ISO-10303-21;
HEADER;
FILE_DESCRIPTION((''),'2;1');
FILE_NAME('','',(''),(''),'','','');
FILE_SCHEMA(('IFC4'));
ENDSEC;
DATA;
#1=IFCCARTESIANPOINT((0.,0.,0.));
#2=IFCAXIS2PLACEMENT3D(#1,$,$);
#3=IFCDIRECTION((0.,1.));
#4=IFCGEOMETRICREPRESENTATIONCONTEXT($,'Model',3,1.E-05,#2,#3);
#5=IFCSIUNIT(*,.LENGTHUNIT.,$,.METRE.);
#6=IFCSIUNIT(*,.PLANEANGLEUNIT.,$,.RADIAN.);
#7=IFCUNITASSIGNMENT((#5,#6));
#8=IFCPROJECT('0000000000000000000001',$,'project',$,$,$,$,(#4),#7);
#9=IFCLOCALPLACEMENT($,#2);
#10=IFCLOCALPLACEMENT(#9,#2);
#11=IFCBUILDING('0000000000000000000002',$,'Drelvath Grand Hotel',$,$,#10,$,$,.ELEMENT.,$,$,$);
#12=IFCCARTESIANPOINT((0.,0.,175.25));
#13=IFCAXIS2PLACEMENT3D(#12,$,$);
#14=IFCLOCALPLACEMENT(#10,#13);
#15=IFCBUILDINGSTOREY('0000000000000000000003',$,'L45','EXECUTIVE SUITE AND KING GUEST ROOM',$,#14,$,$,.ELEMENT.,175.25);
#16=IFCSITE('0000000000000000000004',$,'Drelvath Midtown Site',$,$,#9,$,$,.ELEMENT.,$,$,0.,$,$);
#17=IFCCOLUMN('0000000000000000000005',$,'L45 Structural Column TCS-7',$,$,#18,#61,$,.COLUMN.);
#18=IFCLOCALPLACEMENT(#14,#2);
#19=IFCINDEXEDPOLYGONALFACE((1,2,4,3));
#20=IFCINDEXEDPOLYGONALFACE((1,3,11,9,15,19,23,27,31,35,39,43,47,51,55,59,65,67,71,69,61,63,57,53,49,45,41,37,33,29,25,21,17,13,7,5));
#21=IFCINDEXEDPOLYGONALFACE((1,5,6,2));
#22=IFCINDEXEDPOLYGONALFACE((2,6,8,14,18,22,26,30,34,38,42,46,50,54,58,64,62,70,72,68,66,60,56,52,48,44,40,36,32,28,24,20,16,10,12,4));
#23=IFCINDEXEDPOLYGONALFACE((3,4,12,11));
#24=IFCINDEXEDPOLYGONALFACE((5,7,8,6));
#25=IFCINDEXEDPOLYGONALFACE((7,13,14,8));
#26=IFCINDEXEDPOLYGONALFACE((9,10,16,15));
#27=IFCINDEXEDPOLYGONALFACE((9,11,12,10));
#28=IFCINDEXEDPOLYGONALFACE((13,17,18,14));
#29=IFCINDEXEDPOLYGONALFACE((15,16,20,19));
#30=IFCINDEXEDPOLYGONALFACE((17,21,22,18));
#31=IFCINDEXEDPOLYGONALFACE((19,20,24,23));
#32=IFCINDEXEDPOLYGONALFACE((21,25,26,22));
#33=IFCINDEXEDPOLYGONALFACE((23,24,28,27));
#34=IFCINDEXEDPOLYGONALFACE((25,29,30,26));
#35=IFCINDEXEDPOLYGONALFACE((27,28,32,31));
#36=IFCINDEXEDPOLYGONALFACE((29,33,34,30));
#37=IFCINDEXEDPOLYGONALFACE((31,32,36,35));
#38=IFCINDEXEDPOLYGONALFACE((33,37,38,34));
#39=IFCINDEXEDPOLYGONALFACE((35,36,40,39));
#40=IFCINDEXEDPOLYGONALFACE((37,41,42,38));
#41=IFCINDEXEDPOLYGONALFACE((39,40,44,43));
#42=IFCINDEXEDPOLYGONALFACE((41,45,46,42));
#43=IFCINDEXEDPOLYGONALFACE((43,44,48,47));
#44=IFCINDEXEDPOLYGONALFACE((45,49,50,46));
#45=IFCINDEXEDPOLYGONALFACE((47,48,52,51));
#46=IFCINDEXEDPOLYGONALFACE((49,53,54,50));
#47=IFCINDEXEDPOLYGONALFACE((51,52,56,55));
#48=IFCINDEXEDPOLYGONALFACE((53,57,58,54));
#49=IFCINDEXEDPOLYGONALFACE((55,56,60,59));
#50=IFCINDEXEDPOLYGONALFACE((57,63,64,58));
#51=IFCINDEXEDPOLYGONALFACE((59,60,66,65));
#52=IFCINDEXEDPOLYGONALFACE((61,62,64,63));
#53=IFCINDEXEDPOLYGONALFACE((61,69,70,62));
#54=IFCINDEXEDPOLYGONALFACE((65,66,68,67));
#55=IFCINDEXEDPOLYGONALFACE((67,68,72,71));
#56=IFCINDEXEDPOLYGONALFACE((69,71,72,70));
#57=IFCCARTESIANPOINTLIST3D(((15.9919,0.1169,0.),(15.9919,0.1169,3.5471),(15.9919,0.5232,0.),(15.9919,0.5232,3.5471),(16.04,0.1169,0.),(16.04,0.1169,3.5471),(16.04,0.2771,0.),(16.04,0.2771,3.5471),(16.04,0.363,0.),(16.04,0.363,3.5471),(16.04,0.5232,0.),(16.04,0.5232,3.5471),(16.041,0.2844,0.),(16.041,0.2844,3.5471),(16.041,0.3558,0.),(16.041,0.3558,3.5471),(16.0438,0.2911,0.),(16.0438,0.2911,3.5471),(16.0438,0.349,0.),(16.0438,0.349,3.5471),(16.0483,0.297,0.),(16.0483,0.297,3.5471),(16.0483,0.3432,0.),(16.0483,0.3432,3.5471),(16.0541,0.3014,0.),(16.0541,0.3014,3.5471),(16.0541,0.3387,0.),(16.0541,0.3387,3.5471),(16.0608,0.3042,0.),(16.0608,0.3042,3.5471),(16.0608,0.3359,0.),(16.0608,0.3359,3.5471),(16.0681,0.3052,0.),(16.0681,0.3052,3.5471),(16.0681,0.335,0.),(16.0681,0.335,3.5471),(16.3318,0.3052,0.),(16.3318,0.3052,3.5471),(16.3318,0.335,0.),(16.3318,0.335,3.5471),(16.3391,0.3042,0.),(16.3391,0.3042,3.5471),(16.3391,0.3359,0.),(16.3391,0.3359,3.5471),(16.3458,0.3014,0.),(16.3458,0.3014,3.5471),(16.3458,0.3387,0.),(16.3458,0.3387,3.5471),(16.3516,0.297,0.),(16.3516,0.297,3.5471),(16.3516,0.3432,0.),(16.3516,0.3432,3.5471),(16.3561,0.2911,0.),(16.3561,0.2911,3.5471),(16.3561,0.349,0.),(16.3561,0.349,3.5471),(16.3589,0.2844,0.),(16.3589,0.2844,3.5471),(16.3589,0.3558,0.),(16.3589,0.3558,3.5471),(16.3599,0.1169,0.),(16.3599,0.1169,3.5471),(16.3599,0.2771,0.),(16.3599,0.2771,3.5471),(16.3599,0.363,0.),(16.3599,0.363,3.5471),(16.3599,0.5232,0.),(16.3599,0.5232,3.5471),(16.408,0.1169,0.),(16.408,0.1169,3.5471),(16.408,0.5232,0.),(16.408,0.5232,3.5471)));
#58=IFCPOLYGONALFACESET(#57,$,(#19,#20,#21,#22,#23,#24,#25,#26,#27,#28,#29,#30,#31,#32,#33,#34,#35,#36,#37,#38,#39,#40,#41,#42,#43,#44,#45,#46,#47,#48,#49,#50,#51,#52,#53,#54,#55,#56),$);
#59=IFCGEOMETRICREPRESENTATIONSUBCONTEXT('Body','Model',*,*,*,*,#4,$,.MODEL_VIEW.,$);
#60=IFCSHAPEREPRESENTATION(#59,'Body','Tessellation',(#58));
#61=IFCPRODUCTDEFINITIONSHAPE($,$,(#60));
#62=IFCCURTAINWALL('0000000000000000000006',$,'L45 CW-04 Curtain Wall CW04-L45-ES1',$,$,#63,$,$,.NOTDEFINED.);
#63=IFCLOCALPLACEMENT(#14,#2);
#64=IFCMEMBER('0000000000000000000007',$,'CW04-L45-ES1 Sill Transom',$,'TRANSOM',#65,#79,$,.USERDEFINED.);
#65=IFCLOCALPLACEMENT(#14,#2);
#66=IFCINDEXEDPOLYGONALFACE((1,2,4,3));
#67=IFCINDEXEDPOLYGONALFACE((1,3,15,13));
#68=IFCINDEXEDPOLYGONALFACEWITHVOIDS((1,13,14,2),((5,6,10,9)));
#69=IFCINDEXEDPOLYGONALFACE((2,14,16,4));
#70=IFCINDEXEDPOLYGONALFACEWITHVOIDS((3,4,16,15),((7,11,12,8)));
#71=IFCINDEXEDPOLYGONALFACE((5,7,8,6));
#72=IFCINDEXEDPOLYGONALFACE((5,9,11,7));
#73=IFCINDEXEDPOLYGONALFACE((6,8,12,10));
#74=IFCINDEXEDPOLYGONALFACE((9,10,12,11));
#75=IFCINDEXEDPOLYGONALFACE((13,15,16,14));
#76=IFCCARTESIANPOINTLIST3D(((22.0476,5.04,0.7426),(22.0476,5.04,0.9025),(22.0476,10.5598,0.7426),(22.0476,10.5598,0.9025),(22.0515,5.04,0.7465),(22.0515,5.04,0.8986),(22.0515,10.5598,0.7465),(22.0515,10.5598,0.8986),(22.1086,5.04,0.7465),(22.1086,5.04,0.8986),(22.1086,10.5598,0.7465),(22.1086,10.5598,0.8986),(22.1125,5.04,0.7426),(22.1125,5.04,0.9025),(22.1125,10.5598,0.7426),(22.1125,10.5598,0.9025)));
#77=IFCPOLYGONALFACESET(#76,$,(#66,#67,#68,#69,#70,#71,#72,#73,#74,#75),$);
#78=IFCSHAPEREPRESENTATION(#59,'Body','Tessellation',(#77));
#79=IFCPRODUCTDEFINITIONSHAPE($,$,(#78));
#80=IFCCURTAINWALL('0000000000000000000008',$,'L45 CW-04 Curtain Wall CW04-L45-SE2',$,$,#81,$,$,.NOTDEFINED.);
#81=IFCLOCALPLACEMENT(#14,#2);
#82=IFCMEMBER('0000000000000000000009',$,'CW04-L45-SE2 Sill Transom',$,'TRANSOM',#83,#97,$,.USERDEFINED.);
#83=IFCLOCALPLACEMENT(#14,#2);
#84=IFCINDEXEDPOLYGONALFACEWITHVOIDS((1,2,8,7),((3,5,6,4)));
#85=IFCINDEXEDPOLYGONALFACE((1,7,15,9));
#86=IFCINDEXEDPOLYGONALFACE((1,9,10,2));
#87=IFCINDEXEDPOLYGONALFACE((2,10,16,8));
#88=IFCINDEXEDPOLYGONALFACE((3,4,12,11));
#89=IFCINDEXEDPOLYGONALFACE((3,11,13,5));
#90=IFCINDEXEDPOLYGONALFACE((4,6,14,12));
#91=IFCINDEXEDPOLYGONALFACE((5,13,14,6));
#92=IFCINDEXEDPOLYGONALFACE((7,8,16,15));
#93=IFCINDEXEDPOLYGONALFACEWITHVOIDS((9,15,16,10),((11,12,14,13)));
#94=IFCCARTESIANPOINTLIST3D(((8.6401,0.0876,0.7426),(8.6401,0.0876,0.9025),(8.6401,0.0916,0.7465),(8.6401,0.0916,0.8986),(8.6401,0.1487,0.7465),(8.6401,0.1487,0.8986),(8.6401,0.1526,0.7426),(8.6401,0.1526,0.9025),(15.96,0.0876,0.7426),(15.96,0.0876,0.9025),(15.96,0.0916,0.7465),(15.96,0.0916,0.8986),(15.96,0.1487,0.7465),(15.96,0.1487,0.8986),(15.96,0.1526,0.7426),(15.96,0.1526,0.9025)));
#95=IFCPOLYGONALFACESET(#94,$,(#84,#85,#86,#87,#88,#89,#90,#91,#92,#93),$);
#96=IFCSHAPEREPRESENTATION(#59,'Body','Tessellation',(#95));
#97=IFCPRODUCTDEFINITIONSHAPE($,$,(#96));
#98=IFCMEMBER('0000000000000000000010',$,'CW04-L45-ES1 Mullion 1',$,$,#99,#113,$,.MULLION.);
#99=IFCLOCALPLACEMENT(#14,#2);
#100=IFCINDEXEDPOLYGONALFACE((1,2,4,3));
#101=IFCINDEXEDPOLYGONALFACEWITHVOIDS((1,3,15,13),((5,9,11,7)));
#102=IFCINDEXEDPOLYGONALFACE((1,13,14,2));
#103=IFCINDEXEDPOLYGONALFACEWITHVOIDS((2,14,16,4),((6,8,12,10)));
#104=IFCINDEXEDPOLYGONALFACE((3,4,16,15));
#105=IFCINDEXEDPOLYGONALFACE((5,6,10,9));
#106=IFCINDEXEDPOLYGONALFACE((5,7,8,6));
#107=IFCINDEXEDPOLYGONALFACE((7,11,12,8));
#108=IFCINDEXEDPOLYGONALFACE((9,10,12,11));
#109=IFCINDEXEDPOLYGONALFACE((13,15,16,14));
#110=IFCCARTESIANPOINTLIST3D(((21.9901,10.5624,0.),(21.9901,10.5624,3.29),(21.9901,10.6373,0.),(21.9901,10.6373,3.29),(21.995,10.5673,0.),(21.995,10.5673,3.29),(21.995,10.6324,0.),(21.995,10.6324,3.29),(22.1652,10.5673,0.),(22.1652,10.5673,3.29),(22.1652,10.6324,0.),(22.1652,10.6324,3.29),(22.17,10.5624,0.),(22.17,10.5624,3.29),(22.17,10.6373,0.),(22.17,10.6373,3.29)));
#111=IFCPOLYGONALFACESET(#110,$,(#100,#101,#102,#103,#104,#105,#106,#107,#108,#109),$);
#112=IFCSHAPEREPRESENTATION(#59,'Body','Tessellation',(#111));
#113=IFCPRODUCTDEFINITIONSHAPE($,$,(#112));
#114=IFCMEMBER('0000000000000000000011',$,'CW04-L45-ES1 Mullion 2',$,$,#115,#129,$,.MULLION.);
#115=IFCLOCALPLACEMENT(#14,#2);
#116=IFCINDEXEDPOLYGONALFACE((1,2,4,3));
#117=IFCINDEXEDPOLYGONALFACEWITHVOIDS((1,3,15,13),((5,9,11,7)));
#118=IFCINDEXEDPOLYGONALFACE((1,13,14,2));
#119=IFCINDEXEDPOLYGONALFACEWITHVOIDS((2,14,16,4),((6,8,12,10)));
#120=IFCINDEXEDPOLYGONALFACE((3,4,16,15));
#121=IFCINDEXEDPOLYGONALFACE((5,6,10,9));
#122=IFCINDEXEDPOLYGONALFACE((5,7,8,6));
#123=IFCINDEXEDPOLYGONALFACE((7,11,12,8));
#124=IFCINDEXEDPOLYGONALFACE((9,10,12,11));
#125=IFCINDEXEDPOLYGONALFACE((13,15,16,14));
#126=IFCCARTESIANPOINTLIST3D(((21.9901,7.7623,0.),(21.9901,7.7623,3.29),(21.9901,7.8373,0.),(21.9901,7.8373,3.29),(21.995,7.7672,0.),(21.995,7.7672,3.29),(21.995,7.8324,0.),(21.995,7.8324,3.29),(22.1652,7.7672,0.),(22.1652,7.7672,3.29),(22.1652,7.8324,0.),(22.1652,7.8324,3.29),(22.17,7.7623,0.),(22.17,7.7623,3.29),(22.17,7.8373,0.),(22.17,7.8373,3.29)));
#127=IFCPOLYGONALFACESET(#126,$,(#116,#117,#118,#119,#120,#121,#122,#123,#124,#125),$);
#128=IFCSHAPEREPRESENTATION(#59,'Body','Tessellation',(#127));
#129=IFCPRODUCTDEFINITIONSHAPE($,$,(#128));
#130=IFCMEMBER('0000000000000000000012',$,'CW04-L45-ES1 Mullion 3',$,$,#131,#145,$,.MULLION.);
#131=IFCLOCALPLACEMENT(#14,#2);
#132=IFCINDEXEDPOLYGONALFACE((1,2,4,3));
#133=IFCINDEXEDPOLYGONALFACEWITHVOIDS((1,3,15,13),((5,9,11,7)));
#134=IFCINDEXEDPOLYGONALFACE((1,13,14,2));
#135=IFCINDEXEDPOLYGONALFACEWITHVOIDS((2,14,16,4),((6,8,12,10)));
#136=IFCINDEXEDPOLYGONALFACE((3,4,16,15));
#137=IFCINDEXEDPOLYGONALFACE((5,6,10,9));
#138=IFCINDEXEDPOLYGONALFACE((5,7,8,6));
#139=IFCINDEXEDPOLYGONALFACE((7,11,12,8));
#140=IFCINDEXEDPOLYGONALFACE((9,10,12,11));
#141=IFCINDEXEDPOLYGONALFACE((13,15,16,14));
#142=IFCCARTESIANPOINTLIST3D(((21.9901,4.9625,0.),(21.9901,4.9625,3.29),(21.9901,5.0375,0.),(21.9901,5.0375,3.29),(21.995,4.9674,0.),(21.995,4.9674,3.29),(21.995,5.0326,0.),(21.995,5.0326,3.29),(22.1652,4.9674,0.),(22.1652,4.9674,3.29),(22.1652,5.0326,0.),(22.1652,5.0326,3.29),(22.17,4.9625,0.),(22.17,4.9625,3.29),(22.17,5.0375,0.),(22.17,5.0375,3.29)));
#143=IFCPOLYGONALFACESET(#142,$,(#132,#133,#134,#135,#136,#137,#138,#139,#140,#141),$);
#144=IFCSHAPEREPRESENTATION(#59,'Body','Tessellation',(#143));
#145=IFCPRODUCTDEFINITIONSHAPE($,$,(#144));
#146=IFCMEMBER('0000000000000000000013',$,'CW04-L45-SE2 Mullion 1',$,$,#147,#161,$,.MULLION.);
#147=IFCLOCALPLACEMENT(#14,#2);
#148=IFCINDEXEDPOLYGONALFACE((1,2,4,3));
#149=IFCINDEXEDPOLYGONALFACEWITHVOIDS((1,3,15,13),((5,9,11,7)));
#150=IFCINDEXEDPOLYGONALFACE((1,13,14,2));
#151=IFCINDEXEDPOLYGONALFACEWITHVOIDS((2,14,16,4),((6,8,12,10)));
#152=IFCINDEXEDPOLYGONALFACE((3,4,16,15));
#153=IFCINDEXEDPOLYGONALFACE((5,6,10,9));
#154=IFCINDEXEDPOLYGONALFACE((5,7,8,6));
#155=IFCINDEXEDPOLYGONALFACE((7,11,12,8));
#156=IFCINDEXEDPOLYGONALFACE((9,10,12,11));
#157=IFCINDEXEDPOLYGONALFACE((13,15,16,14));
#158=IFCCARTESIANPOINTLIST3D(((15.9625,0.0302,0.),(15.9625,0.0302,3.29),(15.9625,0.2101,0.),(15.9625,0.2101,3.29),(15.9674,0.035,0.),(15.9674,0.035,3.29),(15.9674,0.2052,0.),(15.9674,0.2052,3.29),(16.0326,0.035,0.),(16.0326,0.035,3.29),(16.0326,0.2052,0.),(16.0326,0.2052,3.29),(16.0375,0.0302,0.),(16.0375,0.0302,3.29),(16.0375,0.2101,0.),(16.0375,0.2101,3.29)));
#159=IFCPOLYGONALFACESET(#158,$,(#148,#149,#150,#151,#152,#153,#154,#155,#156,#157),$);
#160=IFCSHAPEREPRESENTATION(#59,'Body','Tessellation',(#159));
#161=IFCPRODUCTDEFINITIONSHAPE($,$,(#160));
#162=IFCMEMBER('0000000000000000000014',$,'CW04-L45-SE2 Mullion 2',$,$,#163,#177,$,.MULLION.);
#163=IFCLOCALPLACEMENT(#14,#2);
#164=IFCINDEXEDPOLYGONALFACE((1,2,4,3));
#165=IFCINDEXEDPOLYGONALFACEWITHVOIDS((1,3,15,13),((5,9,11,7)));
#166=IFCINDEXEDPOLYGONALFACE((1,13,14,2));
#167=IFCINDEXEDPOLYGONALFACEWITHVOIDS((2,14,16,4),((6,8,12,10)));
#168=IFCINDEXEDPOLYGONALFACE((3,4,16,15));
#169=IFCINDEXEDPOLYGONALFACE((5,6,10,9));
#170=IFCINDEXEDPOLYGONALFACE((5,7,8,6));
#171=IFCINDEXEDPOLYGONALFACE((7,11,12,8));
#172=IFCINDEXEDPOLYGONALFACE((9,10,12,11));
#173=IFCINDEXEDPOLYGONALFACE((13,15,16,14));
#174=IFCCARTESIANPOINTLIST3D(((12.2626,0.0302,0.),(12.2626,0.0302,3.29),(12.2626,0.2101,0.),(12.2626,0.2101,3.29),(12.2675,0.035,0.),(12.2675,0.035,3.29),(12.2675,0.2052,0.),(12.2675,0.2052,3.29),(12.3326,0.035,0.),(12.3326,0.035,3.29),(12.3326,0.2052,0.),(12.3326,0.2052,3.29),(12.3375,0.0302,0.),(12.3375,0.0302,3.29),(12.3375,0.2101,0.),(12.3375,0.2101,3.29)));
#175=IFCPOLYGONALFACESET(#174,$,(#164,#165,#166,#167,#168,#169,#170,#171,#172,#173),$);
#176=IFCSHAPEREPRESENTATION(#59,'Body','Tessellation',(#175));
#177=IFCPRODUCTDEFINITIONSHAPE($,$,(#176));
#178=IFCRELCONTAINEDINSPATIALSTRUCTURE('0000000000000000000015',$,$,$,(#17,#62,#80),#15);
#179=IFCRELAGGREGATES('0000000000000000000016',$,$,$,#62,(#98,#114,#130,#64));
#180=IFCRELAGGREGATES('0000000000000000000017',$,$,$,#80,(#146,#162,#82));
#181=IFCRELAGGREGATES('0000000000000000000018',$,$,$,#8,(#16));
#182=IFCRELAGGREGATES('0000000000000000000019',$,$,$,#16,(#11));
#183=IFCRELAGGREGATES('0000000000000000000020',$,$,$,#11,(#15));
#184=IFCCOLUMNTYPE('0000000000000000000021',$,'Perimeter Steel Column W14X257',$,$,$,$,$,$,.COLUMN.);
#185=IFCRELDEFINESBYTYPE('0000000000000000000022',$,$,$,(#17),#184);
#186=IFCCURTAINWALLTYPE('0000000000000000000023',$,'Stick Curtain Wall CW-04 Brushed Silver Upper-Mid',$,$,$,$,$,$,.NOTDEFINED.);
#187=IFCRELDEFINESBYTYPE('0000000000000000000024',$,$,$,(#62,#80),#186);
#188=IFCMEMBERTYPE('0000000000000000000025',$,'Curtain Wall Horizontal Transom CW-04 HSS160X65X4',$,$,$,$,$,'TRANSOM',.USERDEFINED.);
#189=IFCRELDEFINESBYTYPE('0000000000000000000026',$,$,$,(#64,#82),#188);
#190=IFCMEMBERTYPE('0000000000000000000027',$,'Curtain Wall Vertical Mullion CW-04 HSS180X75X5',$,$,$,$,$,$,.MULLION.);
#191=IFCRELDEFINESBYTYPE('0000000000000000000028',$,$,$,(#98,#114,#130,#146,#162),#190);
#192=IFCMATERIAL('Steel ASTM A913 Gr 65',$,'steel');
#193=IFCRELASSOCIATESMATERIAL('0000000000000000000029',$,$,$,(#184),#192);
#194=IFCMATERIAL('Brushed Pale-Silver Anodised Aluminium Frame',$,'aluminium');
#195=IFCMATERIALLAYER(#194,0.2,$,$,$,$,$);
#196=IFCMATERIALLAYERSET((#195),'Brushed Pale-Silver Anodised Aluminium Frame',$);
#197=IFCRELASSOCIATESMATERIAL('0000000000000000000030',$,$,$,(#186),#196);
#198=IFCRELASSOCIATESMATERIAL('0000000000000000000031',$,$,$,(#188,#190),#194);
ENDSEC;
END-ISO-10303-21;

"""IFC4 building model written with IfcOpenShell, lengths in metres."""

from ifc_helpers import new_model, si_unit, direction, frame, origin, origin_2d, place, context, subcontext, project, spatial, hollow_rectangle, i_section, extrude, material, layer, layer_set, material_profile, profile_set, type_object, element, aggregate, save


model = new_model("IFC4")

# Units and contexts
model_context = context("Model", 3, precision=1e-05, world=origin(), true_north=direction((0.0, 1.0)))
body_context = subcontext(model_context, "Body", "Model", "MODEL_VIEW")
ifc_project = project(units=[si_unit("LENGTHUNIT", "METRE"), si_unit("PLANEANGLEUNIT", "RADIAN")], contexts=[model_context])

# Site, building, storey
site_placement = place(None, origin())
site = spatial("IfcSite", under=ifc_project, at=site_placement, Name="Drelvath Midtown Site", CompositionType="ELEMENT", RefElevation=0.0)
building_placement = place(site_placement, origin())
building = spatial("IfcBuilding", under=site, at=building_placement, Name="Drelvath Grand Hotel", CompositionType="ELEMENT")
storey_placement = place(building_placement, frame((0.0, 0.0, 175.25)))
storey = spatial("IfcBuildingStorey", under=building, at=storey_placement, Name="L45", Description="EXECUTIVE SUITE AND KING GUEST ROOM", CompositionType="ELEMENT", Elevation=175.25)

# Column
ifc_material_1 = material(Name="Steel ASTM A913 Gr 65", Category="steel")
ifc_material_profile_1 = material_profile(ifc_material_1, i_section(OverallWidth=0.4062, OverallDepth=0.416, WebThickness=0.0298, FlangeThickness=0.0481, FilletRadius=0.0281, at=origin_2d()), Name="W14X257")
ifc_profile_set_1 = profile_set([ifc_material_profile_1], Name="Steel ASTM A913 Gr 65")
column_type = type_object("IfcColumnType", Name="Perimeter Steel Column W14X257", PredefinedType="COLUMN", material=ifc_profile_set_1)
column_placement = place(storey_placement, frame((16.2, 0.3201, 0.0), z_axis=(0.0, 0.0, 1.0), x_axis=(0.0, 1.0, 0.0)))
element("IfcColumn", 1, at=column_placement, inside=storey, type_object=column_type, Name="L45 Structural Column TCS-7", PredefinedType="COLUMN", context=body_context, shape_type="SweptSolid", body=[
    extrude(i_section(OverallWidth=0.4062, OverallDepth=0.416, WebThickness=0.0298, FlangeThickness=0.0481, FilletRadius=0.0281, at=origin_2d()), origin(), (0.0, 0.0, 1.0), 3.5471),
])

# Curtain walls, members
ifc_material_2 = material(Name="Brushed Pale-Silver Anodised Aluminium Frame", Category="aluminium")
ifc_layer_1 = layer(ifc_material_2, 0.2)
ifc_layer_set_1 = layer_set([ifc_layer_1], Name="Brushed Pale-Silver Anodised Aluminium Frame")
curtain_wall_type = type_object("IfcCurtainWallType", Name="Stick Curtain Wall CW-04 Brushed Silver Upper-Mid", PredefinedType="NOTDEFINED", material=ifc_layer_set_1)
curtain_wall_1_placement = place(storey_placement, origin())
curtain_wall_1 = element("IfcCurtainWall", 2, at=curtain_wall_1_placement, inside=storey, type_object=curtain_wall_type, Name="L45 CW-04 Curtain Wall CW04-L45-ES1", PredefinedType="NOTDEFINED")
ifc_material_profile_2 = material_profile(ifc_material_2, hollow_rectangle(XDim=0.0649, YDim=0.1599, WallThickness=0.0039, at=origin_2d()), Name="HSS160X65X4")
ifc_profile_set_2 = profile_set([ifc_material_profile_2], Name="Brushed Pale-Silver Anodised Aluminium Frame")
member_type_1 = type_object("IfcMemberType", Name="Curtain Wall Horizontal Transom CW-04 HSS160X65X4", ElementType="TRANSOM", PredefinedType="USERDEFINED", material=ifc_profile_set_2)
member_1_placement = place(storey_placement, frame((22.0801, 10.5598, 0.8225), z_axis=(0.0, -1.0, 0.0), x_axis=(1.0, 0.0, 0.0)))
member_1 = element("IfcMember", 3, at=member_1_placement, type_object=member_type_1, Name="CW04-L45-ES1 Sill Transom", ObjectType="TRANSOM", PredefinedType="USERDEFINED", context=body_context, shape_type="SweptSolid", body=[
    extrude(hollow_rectangle(XDim=0.0649, YDim=0.1599, WallThickness=0.0039, at=origin_2d()), origin(), (0.0, 0.0, 1.0), 5.5198),
])
curtain_wall_2_placement = place(storey_placement, origin())
curtain_wall_2 = element("IfcCurtainWall", 4, at=curtain_wall_2_placement, inside=storey, type_object=curtain_wall_type, Name="L45 CW-04 Curtain Wall CW04-L45-SE2", PredefinedType="NOTDEFINED")
member_2_placement = place(storey_placement, frame((15.96, 0.1201, 0.8225), z_axis=(-1.0, 0.0, 0.0), x_axis=(0.0, -1.0, 0.0)))
member_2 = element("IfcMember", 5, at=member_2_placement, type_object=member_type_1, Name="CW04-L45-SE2 Sill Transom", ObjectType="TRANSOM", PredefinedType="USERDEFINED", context=body_context, shape_type="SweptSolid", body=[
    extrude(hollow_rectangle(XDim=0.0649, YDim=0.1599, WallThickness=0.0039, at=origin_2d()), origin(), (0.0, 0.0, 1.0), 7.3198),
])

# Members
ifc_material_profile_3 = material_profile(ifc_material_2, hollow_rectangle(XDim=0.075, YDim=0.1799, WallThickness=0.0049, at=origin_2d()), Name="HSS180X75X5")
ifc_profile_set_3 = profile_set([ifc_material_profile_3], Name="Brushed Pale-Silver Anodised Aluminium Frame")
member_type_2 = type_object("IfcMemberType", Name="Curtain Wall Vertical Mullion CW-04 HSS180X75X5", PredefinedType="MULLION", material=ifc_profile_set_3)
member_3_placement = place(storey_placement, frame((22.0801, 10.5999, 0.0), z_axis=(0.0, 0.0, 1.0), x_axis=(0.0, 1.0, 0.0)))
member_3 = element("IfcMember", 6, at=member_3_placement, type_object=member_type_2, Name="CW04-L45-ES1 Mullion 1", PredefinedType="MULLION", context=body_context, shape_type="SweptSolid", body=[
    extrude(hollow_rectangle(XDim=0.075, YDim=0.1799, WallThickness=0.0049, at=origin_2d()), origin(), (0.0, 0.0, 1.0), 3.29),
])
member_4_placement = place(storey_placement, frame((22.0801, 7.7998, 0.0), z_axis=(0.0, 0.0, 1.0), x_axis=(0.0, 1.0, 0.0)))
member_4 = element("IfcMember", 7, at=member_4_placement, type_object=member_type_2, Name="CW04-L45-ES1 Mullion 2", PredefinedType="MULLION", context=body_context, shape_type="SweptSolid", body=[
    extrude(hollow_rectangle(XDim=0.075, YDim=0.1799, WallThickness=0.0049, at=origin_2d()), origin(), (0.0, 0.0, 1.0), 3.29),
])
member_5_placement = place(storey_placement, frame((22.0801, 5.0, 0.0), z_axis=(0.0, 0.0, 1.0), x_axis=(0.0, 1.0, 0.0)))
member_5 = element("IfcMember", 8, at=member_5_placement, type_object=member_type_2, Name="CW04-L45-ES1 Mullion 3", PredefinedType="MULLION", context=body_context, shape_type="SweptSolid", body=[
    extrude(hollow_rectangle(XDim=0.075, YDim=0.1799, WallThickness=0.0049, at=origin_2d()), origin(), (0.0, 0.0, 1.0), 3.29),
])
member_6_placement = place(storey_placement, frame((16.0, 0.1201, 0.0), z_axis=(0.0, 0.0, 1.0), x_axis=(1.0, 0.0, 0.0)))
member_6 = element("IfcMember", 9, at=member_6_placement, type_object=member_type_2, Name="CW04-L45-SE2 Mullion 1", PredefinedType="MULLION", context=body_context, shape_type="SweptSolid", body=[
    extrude(hollow_rectangle(XDim=0.075, YDim=0.1799, WallThickness=0.0049, at=origin_2d()), origin(), (0.0, 0.0, 1.0), 3.29),
])
member_7_placement = place(storey_placement, frame((12.3, 0.1201, 0.0), z_axis=(0.0, 0.0, 1.0), x_axis=(1.0, 0.0, 0.0)))
member_7 = element("IfcMember", 10, at=member_7_placement, type_object=member_type_2, Name="CW04-L45-SE2 Mullion 2", PredefinedType="MULLION", context=body_context, shape_type="SweptSolid", body=[
    extrude(hollow_rectangle(XDim=0.075, YDim=0.1799, WallThickness=0.0049, at=origin_2d()), origin(), (0.0, 0.0, 1.0), 3.29),
])

aggregate(curtain_wall_1, [member_3, member_4, member_5, member_1])
aggregate(curtain_wall_2, [member_6, member_7, member_2])

save(model, "model.ifc")
